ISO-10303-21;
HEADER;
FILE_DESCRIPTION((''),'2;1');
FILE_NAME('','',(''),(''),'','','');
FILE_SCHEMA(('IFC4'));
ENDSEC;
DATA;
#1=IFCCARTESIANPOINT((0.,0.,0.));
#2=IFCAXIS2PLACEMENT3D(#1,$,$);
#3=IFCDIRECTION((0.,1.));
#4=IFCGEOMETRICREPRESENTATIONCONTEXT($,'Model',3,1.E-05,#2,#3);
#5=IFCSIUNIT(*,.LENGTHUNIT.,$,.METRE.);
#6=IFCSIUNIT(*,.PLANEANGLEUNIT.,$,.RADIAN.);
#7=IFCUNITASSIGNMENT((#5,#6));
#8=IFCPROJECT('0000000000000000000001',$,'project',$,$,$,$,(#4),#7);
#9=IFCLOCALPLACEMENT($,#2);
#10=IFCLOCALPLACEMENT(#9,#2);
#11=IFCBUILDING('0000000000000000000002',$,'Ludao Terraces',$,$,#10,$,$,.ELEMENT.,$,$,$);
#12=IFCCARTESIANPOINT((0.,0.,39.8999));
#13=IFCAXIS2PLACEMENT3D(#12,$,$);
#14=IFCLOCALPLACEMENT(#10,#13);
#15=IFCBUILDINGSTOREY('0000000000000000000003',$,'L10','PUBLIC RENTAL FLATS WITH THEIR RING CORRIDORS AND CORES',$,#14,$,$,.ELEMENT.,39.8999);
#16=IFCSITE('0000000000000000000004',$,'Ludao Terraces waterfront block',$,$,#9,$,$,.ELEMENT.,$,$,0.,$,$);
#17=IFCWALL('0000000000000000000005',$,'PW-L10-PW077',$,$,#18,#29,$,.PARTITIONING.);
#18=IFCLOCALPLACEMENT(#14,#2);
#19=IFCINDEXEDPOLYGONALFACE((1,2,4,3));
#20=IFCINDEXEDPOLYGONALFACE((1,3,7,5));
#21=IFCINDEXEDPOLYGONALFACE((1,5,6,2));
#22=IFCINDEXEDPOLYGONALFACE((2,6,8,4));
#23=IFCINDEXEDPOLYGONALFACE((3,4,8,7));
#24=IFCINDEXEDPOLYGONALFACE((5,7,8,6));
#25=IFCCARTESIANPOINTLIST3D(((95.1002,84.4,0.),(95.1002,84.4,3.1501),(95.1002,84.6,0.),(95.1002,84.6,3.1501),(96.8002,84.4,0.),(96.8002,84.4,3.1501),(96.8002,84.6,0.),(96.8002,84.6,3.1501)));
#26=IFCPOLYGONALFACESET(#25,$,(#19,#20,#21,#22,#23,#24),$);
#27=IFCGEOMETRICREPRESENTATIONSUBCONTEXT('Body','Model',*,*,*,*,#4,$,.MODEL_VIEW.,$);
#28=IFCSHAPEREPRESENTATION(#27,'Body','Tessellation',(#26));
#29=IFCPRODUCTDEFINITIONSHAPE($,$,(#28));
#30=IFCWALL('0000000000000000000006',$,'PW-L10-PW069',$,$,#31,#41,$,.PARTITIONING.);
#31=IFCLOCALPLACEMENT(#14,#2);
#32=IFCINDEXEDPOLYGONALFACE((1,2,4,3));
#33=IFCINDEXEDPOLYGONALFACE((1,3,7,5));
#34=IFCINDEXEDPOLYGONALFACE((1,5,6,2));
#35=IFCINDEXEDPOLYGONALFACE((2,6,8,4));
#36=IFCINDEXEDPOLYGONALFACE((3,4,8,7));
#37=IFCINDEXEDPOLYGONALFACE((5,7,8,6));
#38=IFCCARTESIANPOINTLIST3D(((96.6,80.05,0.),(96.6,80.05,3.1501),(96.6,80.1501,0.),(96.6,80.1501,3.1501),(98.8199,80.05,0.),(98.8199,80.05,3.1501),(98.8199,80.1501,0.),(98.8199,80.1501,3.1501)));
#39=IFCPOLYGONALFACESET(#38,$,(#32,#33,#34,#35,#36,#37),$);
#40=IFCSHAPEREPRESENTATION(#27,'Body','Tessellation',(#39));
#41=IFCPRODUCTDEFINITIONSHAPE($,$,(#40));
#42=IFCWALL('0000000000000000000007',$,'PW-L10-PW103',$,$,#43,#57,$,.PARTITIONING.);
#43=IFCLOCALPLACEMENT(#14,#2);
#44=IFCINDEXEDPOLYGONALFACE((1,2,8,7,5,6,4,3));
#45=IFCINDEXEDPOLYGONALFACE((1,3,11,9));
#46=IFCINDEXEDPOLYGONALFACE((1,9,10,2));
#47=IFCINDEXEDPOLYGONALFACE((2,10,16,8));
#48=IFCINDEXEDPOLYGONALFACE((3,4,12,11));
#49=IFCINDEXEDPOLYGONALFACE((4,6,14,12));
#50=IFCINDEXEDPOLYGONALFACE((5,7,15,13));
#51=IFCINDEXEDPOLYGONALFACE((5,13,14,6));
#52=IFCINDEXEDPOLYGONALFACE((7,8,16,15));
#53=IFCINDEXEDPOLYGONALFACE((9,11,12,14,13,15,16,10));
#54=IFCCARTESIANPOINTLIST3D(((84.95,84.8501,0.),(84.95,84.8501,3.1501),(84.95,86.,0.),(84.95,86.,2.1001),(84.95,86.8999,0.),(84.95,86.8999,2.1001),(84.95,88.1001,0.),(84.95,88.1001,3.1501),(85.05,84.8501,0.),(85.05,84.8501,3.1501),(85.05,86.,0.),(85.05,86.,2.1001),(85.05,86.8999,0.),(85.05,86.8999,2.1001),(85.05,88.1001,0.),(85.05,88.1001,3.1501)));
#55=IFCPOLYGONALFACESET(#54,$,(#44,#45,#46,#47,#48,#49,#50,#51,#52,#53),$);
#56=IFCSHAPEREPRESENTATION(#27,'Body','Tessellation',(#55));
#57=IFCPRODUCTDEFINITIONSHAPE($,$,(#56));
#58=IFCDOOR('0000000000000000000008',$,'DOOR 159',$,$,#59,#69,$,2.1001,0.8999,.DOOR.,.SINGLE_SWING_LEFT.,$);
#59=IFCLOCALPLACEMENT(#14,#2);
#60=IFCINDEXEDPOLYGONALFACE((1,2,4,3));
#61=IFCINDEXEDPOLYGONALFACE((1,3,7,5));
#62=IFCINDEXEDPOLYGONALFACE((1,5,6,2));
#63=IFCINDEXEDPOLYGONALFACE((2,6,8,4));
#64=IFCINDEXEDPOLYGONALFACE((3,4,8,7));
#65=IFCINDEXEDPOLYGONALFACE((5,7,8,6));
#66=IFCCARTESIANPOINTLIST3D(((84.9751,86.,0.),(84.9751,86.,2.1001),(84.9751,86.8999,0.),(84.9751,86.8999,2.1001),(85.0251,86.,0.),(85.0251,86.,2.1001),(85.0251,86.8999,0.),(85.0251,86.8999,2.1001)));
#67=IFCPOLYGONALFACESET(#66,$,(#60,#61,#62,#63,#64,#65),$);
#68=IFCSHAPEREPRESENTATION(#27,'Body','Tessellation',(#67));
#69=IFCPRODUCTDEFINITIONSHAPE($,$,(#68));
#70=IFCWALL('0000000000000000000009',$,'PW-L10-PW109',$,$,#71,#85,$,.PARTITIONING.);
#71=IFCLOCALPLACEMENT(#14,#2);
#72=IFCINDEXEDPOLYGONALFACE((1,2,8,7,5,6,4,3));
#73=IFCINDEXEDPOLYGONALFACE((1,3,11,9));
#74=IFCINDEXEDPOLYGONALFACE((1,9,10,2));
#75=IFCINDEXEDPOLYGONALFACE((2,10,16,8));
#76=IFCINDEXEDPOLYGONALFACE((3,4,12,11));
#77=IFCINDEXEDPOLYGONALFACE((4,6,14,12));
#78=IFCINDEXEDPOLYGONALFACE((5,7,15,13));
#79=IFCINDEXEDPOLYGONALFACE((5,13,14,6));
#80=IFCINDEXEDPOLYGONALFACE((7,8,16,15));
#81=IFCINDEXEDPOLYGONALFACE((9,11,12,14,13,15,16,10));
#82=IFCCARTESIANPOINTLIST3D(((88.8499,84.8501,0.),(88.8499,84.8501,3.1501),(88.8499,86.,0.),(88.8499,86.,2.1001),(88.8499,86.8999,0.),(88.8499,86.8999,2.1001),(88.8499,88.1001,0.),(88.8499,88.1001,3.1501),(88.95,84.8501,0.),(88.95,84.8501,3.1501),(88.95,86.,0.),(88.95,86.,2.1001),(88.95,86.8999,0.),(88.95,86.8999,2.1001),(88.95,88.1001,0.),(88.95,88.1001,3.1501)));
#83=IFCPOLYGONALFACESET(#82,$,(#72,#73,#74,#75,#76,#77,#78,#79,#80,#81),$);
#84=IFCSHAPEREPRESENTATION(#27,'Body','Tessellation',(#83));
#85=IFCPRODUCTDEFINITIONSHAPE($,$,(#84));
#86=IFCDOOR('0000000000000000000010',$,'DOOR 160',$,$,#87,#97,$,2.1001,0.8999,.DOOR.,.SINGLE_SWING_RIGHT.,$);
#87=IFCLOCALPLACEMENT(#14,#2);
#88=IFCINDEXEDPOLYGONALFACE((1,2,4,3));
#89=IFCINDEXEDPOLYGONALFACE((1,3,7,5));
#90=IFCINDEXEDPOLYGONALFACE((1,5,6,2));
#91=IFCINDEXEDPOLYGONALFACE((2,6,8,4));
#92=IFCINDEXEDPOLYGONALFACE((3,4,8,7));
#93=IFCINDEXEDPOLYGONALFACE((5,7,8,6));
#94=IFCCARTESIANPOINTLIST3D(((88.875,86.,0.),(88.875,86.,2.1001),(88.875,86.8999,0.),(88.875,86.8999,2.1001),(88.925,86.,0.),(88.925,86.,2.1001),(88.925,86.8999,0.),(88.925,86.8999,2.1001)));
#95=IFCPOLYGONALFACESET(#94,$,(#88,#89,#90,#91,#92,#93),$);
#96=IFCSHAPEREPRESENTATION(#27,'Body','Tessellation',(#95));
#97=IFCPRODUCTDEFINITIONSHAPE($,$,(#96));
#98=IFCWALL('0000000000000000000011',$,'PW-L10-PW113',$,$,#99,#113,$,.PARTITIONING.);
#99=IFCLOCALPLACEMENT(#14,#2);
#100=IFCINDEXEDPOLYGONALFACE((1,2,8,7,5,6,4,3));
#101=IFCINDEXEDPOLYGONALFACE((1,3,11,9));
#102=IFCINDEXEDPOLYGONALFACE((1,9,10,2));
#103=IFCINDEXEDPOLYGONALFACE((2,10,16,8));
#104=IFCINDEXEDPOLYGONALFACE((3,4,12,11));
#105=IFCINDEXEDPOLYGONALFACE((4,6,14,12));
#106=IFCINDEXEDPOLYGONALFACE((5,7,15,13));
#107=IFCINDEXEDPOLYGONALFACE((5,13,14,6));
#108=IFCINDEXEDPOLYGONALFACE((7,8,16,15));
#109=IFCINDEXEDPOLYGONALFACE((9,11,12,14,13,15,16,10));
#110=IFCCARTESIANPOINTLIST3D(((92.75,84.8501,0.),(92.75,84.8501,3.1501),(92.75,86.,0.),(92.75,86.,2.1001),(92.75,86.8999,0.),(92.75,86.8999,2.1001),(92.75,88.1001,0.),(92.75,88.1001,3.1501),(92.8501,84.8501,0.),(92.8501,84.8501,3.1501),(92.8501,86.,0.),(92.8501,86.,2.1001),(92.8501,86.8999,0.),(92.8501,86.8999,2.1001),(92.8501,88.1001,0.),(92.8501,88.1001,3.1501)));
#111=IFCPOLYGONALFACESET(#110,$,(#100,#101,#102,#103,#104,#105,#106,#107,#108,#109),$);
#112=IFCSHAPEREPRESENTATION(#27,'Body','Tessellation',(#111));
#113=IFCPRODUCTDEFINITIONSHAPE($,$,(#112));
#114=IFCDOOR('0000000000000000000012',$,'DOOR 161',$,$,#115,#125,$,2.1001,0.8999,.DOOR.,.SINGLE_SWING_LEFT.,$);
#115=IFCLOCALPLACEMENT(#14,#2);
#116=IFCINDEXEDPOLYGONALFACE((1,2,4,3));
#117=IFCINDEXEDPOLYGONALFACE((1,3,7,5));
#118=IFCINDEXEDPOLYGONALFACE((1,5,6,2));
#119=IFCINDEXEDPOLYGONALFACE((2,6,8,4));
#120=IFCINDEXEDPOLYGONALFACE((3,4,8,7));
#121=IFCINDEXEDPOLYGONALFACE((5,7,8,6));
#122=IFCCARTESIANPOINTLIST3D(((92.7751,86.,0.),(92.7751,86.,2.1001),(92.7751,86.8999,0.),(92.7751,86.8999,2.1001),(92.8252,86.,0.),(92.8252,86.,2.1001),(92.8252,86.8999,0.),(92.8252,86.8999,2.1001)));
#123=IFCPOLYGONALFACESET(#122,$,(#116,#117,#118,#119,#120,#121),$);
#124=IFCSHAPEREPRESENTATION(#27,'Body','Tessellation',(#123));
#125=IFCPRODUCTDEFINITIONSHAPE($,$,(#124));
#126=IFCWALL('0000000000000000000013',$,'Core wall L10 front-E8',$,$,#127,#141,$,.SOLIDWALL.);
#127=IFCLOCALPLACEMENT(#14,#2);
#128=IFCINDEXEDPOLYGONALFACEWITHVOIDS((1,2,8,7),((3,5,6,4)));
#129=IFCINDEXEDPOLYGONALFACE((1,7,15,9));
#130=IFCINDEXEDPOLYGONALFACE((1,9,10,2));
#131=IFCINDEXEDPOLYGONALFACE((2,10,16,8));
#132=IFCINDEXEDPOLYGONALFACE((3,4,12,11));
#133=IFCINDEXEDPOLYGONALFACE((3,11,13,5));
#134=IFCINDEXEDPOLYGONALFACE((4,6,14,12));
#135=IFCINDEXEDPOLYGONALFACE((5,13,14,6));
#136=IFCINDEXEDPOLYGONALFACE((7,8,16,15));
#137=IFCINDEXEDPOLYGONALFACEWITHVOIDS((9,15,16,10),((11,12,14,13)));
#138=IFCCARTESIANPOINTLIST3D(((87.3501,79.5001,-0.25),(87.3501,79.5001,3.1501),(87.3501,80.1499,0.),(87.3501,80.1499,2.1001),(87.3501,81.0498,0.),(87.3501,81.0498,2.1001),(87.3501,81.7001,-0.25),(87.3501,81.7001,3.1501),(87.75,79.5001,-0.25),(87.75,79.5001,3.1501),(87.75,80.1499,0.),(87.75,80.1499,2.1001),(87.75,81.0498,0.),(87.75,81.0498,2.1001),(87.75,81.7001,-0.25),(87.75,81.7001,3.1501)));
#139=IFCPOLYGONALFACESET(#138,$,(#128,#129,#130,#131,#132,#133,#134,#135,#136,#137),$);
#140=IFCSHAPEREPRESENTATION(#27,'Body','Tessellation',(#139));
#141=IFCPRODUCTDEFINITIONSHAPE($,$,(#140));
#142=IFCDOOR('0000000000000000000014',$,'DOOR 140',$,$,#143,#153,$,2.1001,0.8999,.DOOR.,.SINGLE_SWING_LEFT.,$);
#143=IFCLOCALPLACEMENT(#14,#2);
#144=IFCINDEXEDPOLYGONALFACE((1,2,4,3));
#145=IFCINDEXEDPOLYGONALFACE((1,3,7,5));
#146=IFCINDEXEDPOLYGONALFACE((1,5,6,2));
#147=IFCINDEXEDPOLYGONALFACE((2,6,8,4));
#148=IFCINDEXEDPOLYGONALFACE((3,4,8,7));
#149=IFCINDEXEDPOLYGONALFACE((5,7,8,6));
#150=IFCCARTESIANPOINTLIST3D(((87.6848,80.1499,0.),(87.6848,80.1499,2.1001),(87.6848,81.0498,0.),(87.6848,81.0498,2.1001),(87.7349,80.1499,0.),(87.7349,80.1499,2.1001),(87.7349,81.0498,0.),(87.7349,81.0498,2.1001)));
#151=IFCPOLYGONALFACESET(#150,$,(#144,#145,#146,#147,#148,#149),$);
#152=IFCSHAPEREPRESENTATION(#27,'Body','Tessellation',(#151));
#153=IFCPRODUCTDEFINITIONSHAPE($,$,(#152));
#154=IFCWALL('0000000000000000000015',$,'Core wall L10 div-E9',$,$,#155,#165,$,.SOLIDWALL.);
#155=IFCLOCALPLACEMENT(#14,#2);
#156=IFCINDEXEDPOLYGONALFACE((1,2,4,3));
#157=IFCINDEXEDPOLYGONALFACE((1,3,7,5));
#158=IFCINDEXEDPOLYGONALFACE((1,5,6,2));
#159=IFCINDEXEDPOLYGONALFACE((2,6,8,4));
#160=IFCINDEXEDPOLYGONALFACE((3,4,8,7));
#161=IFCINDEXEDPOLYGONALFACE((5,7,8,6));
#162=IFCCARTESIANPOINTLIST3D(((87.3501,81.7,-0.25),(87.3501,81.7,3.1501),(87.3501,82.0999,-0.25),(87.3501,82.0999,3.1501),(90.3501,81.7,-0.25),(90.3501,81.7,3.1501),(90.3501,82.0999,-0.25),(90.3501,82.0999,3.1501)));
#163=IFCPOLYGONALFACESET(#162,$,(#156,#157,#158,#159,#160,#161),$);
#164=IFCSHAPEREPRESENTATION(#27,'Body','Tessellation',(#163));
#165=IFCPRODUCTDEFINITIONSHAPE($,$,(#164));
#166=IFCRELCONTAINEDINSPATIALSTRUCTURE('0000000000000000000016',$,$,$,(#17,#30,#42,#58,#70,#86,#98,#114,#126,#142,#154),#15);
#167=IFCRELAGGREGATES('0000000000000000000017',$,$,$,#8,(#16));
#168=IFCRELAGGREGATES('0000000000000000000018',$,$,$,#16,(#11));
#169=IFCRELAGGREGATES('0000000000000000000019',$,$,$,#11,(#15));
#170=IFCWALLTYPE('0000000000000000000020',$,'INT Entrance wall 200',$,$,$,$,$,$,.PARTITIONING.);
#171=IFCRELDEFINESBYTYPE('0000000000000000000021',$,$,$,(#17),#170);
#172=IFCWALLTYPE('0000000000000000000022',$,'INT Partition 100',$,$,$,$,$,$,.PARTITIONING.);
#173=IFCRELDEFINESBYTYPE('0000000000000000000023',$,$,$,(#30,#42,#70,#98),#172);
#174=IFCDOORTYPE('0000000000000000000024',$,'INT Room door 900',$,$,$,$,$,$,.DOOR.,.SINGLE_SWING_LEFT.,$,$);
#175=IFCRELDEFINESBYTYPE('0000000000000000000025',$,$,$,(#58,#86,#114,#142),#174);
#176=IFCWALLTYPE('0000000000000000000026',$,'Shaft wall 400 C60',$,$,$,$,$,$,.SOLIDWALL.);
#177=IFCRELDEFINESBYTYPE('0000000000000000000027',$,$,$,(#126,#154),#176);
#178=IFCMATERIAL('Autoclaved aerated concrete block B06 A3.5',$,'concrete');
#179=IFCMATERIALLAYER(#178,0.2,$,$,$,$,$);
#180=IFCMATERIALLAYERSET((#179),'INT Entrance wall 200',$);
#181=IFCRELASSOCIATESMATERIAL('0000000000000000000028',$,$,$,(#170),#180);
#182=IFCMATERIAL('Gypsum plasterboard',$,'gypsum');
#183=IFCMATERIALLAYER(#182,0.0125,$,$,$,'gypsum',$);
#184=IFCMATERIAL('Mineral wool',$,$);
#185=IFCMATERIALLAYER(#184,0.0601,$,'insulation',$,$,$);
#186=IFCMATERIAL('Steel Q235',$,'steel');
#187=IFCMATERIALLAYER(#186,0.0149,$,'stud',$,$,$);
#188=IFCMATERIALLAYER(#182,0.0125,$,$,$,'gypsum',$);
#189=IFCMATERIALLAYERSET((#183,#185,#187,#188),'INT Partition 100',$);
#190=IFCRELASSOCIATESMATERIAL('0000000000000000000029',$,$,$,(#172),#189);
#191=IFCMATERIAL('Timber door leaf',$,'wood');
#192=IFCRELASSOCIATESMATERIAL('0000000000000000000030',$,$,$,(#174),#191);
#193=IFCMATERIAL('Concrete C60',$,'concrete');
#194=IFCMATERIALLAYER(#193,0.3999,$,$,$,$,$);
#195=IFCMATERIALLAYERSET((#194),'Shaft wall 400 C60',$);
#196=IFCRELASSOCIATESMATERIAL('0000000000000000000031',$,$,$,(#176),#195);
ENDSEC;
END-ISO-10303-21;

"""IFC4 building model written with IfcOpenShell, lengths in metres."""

from ifc_helpers import new_model, si_unit, direction, frame, frame_2d, origin, place, context, subcontext, project, spatial, rectangle, extrude, material, layer, layer_set, type_object, element, fill, save


model = new_model("IFC4")

# Units and contexts
model_context = context("Model", 3, precision=1e-05, world=origin(), true_north=direction((0.0, 1.0)))
body_context = subcontext(model_context, "Body", "Model", "MODEL_VIEW")
ifc_project = project(units=[si_unit("LENGTHUNIT", "METRE"), si_unit("PLANEANGLEUNIT", "RADIAN")], contexts=[model_context])

# Site, building, storey
site_placement = place(None, origin())
site = spatial("IfcSite", under=ifc_project, at=site_placement, Name="Ludao Terraces waterfront block", CompositionType="ELEMENT", RefElevation=0.0)
building_placement = place(site_placement, origin())
building = spatial("IfcBuilding", under=site, at=building_placement, Name="Ludao Terraces", CompositionType="ELEMENT")
storey_placement = place(building_placement, frame((0.0, 0.0, 39.8999)))
storey = spatial("IfcBuildingStorey", under=building, at=storey_placement, Name="L10", Description="PUBLIC RENTAL FLATS WITH THEIR RING CORRIDORS AND CORES", CompositionType="ELEMENT", Elevation=39.8999)

# Shared definitions
ifc_material_1 = material(Name="Mineral wool")

# Walls
ifc_material_2 = material(Name="Autoclaved aerated concrete block B06 A3.5", Category="concrete")
ifc_layer_1 = layer(ifc_material_2, 0.2)
ifc_layer_set_1 = layer_set([ifc_layer_1], Name="INT Entrance wall 200")
wall_type_1 = type_object("IfcWallType", Name="INT Entrance wall 200", PredefinedType="PARTITIONING", material=ifc_layer_set_1)
wall_1_placement = place(storey_placement, frame((95.1001, 84.5, 0.0), z_axis=(0.0, 0.0, 1.0), x_axis=(1.0, 0.0, 0.0)))
element("IfcWall", 1, at=wall_1_placement, inside=storey, type_object=wall_type_1, Name="PW-L10-PW077", PredefinedType="PARTITIONING", context=body_context, shape_type="SweptSolid", body=[
    extrude(rectangle(XDim=1.7, YDim=0.2, at=frame_2d((0.8501, 0.0))), origin(), (0.0, 0.0, 1.0), 3.1501),
])
ifc_material_3 = material(Name="Gypsum plasterboard", Category="gypsum")
ifc_layer_2 = layer(ifc_material_3, 0.0125, Category="gypsum")
ifc_layer_3 = layer(ifc_material_1, 0.0601, Name="insulation")
ifc_material_4 = material(Name="Steel Q235", Category="steel")
ifc_layer_4 = layer(ifc_material_4, 0.0149, Name="stud")
ifc_layer_5 = layer(ifc_material_3, 0.0125, Category="gypsum")
ifc_layer_set_2 = layer_set([ifc_layer_2, ifc_layer_3, ifc_layer_4, ifc_layer_5], Name="INT Partition 100")
wall_type_2 = type_object("IfcWallType", Name="INT Partition 100", PredefinedType="PARTITIONING", material=ifc_layer_set_2)
wall_2_placement = place(storey_placement, frame((96.6001, 80.1001, 0.0), z_axis=(0.0, 0.0, 1.0), x_axis=(1.0, 0.0, 0.0)))
element("IfcWall", 2, at=wall_2_placement, inside=storey, type_object=wall_type_2, Name="PW-L10-PW069", PredefinedType="PARTITIONING", context=body_context, shape_type="SweptSolid", body=[
    extrude(rectangle(XDim=2.22, YDim=0.1001, at=frame_2d((1.1099, 0.0))), origin(), (0.0, 0.0, 1.0), 3.1501),
])

# Walls, openings, doors
wall_3_placement = place(storey_placement, frame((85.0, 84.8501, 0.0), z_axis=(0.0, 0.0, 1.0), x_axis=(0.0, 1.0, 0.0)))
wall_3 = element("IfcWall", 3, at=wall_3_placement, inside=storey, type_object=wall_type_2, Name="PW-L10-PW103", PredefinedType="PARTITIONING", context=body_context, shape_type="SweptSolid", body=[
    extrude(rectangle(XDim=3.25, YDim=0.1001, at=frame_2d((1.625, 0.0))), origin(), (0.0, 0.0, 1.0), 3.1501),
])
opening_1_placement = place(wall_3_placement, frame((1.1499, 0.0, 0.0)))
opening_1 = element("IfcOpeningElement", 4, at=opening_1_placement, cuts=wall_3, PredefinedType="OPENING", context=body_context, shape_type="SweptSolid", body=[
    extrude(rectangle(XDim=0.8999, YDim=2.1001, at=frame_2d((0.45, 1.05))), frame((0.0, 0.0601, 0.0), z_axis=(0.0, -1.0, 0.0), x_axis=(1.0, 0.0, 0.0)), (0.0, 0.0, 1.0), 0.1201),
])
ifc_material_5 = material(Name="Timber door leaf", Category="wood")
door_type_1 = type_object("IfcDoorType", Name="INT Room door 900", OperationType="SINGLE_SWING_LEFT", PredefinedType="DOOR", material=ifc_material_5)
door_1_placement = place(opening_1_placement, origin())
door_1 = element("IfcDoor", 5, at=door_1_placement, inside=storey, type_object=door_type_1, Name="DOOR 159", OperationType="SINGLE_SWING_LEFT", OverallHeight=2.1001, OverallWidth=0.8999, PredefinedType="DOOR", context=body_context, shape_type="SweptSolid", body=[
    extrude(rectangle(XDim=0.8999, YDim=2.1001, at=frame_2d((0.45, 1.05))), frame((0.0, 0.0249, 0.0), z_axis=(0.0, -1.0, 0.0), x_axis=(1.0, 0.0, 0.0)), (0.0, 0.0, 1.0), 0.05),
])
fill(opening_1, door_1)
wall_4_placement = place(storey_placement, frame((88.8999, 84.8501, 0.0), z_axis=(0.0, 0.0, 1.0), x_axis=(0.0, 1.0, 0.0)))
wall_4 = element("IfcWall", 6, at=wall_4_placement, inside=storey, type_object=wall_type_2, Name="PW-L10-PW109", PredefinedType="PARTITIONING", context=body_context, shape_type="SweptSolid", body=[
    extrude(rectangle(XDim=3.25, YDim=0.1001, at=frame_2d((1.625, 0.0))), origin(), (0.0, 0.0, 1.0), 3.1501),
])
opening_2_placement = place(wall_4_placement, frame((1.1499, 0.0, 0.0)))
opening_2 = element("IfcOpeningElement", 7, at=opening_2_placement, cuts=wall_4, PredefinedType="OPENING", context=body_context, shape_type="SweptSolid", body=[
    extrude(rectangle(XDim=0.8999, YDim=2.1001, at=frame_2d((0.45, 1.05))), frame((0.0, 0.0601, 0.0), z_axis=(0.0, -1.0, 0.0), x_axis=(1.0, 0.0, 0.0)), (0.0, 0.0, 1.0), 0.1201),
])
door_2_placement = place(opening_2_placement, origin())
door_2 = element("IfcDoor", 8, at=door_2_placement, inside=storey, type_object=door_type_1, Name="DOOR 160", OperationType="SINGLE_SWING_RIGHT", OverallHeight=2.1001, OverallWidth=0.8999, PredefinedType="DOOR", context=body_context, shape_type="SweptSolid", body=[
    extrude(rectangle(XDim=0.8999, YDim=2.1001, at=frame_2d((0.45, 1.05))), frame((0.0, 0.0249, 0.0), z_axis=(0.0, -1.0, 0.0), x_axis=(1.0, 0.0, 0.0)), (0.0, 0.0, 1.0), 0.05),
])
fill(opening_2, door_2)
wall_5_placement = place(storey_placement, frame((92.8, 84.8501, 0.0), z_axis=(0.0, 0.0, 1.0), x_axis=(0.0, 1.0, 0.0)))
wall_5 = element("IfcWall", 9, at=wall_5_placement, inside=storey, type_object=wall_type_2, Name="PW-L10-PW113", PredefinedType="PARTITIONING", context=body_context, shape_type="SweptSolid", body=[
    extrude(rectangle(XDim=3.25, YDim=0.1001, at=frame_2d((1.625, 0.0))), origin(), (0.0, 0.0, 1.0), 3.1501),
])
opening_3_placement = place(wall_5_placement, frame((1.1499, 0.0, 0.0)))
opening_3 = element("IfcOpeningElement", 10, at=opening_3_placement, cuts=wall_5, PredefinedType="OPENING", context=body_context, shape_type="SweptSolid", body=[
    extrude(rectangle(XDim=0.8999, YDim=2.1001, at=frame_2d((0.45, 1.05))), frame((0.0, 0.0601, 0.0), z_axis=(0.0, -1.0, 0.0), x_axis=(1.0, 0.0, 0.0)), (0.0, 0.0, 1.0), 0.1201),
])
door_3_placement = place(opening_3_placement, origin())
door_3 = element("IfcDoor", 11, at=door_3_placement, inside=storey, type_object=door_type_1, Name="DOOR 161", OperationType="SINGLE_SWING_LEFT", OverallHeight=2.1001, OverallWidth=0.8999, PredefinedType="DOOR", context=body_context, shape_type="SweptSolid", body=[
    extrude(rectangle(XDim=0.8999, YDim=2.1001, at=frame_2d((0.45, 1.05))), frame((0.0, 0.0249, 0.0), z_axis=(0.0, -1.0, 0.0), x_axis=(1.0, 0.0, 0.0)), (0.0, 0.0, 1.0), 0.05),
])
fill(opening_3, door_3)
ifc_material_6 = material(Name="Concrete C60", Category="concrete")
ifc_layer_6 = layer(ifc_material_6, 0.3999)
ifc_layer_set_3 = layer_set([ifc_layer_6], Name="Shaft wall 400 C60")
wall_type_3 = type_object("IfcWallType", Name="Shaft wall 400 C60", PredefinedType="SOLIDWALL", material=ifc_layer_set_3)
wall_6_placement = place(storey_placement, frame((87.55, 79.5, -0.25), z_axis=(0.0, 0.0, 1.0), x_axis=(0.0, 1.0, 0.0)))
wall_6 = element("IfcWall", 12, at=wall_6_placement, inside=storey, type_object=wall_type_3, Name="Core wall L10 front-E8", PredefinedType="SOLIDWALL", context=body_context, shape_type="SweptSolid", body=[
    extrude(rectangle(XDim=2.2, YDim=0.3999, at=frame_2d((1.1001, 0.0))), origin(), (0.0, 0.0, 1.0), 3.4001),
])
opening_4_placement = place(wall_6_placement, frame((0.6499, 0.0, 0.25)))
opening_4 = element("IfcOpeningElement", 13, at=opening_4_placement, cuts=wall_6, PredefinedType="OPENING", context=body_context, shape_type="SweptSolid", body=[
    extrude(rectangle(XDim=0.8999, YDim=2.1001, at=frame_2d((0.45, 1.05))), frame((0.0, 0.21, 0.0), z_axis=(0.0, -1.0, 0.0), x_axis=(1.0, 0.0, 0.0)), (0.0, 0.0, 1.0), 0.4199),
])
door_4_placement = place(opening_4_placement, origin())
door_4 = element("IfcDoor", 14, at=door_4_placement, inside=storey, type_object=door_type_1, Name="DOOR 140", OperationType="SINGLE_SWING_LEFT", OverallHeight=2.1001, OverallWidth=0.8999, PredefinedType="DOOR", context=body_context, shape_type="SweptSolid", body=[
    extrude(rectangle(XDim=0.8999, YDim=2.1001, at=frame_2d((0.45, 1.05))), frame((0.0, -0.1348, 0.0), z_axis=(0.0, -1.0, 0.0), x_axis=(1.0, 0.0, 0.0)), (0.0, 0.0, 1.0), 0.05),
])
fill(opening_4, door_4)

# Wall
wall_7_placement = place(storey_placement, frame((87.3501, 81.8999, -0.25), z_axis=(0.0, 0.0, 1.0), x_axis=(1.0, 0.0, 0.0)))
element("IfcWall", 15, at=wall_7_placement, inside=storey, type_object=wall_type_3, Name="Core wall L10 div-E9", PredefinedType="SOLIDWALL", context=body_context, shape_type="SweptSolid", body=[
    extrude(rectangle(XDim=3.0, YDim=0.3999, at=frame_2d((1.5, 0.0))), origin(), (0.0, 0.0, 1.0), 3.4001),
])

save(model, "model.ifc")
